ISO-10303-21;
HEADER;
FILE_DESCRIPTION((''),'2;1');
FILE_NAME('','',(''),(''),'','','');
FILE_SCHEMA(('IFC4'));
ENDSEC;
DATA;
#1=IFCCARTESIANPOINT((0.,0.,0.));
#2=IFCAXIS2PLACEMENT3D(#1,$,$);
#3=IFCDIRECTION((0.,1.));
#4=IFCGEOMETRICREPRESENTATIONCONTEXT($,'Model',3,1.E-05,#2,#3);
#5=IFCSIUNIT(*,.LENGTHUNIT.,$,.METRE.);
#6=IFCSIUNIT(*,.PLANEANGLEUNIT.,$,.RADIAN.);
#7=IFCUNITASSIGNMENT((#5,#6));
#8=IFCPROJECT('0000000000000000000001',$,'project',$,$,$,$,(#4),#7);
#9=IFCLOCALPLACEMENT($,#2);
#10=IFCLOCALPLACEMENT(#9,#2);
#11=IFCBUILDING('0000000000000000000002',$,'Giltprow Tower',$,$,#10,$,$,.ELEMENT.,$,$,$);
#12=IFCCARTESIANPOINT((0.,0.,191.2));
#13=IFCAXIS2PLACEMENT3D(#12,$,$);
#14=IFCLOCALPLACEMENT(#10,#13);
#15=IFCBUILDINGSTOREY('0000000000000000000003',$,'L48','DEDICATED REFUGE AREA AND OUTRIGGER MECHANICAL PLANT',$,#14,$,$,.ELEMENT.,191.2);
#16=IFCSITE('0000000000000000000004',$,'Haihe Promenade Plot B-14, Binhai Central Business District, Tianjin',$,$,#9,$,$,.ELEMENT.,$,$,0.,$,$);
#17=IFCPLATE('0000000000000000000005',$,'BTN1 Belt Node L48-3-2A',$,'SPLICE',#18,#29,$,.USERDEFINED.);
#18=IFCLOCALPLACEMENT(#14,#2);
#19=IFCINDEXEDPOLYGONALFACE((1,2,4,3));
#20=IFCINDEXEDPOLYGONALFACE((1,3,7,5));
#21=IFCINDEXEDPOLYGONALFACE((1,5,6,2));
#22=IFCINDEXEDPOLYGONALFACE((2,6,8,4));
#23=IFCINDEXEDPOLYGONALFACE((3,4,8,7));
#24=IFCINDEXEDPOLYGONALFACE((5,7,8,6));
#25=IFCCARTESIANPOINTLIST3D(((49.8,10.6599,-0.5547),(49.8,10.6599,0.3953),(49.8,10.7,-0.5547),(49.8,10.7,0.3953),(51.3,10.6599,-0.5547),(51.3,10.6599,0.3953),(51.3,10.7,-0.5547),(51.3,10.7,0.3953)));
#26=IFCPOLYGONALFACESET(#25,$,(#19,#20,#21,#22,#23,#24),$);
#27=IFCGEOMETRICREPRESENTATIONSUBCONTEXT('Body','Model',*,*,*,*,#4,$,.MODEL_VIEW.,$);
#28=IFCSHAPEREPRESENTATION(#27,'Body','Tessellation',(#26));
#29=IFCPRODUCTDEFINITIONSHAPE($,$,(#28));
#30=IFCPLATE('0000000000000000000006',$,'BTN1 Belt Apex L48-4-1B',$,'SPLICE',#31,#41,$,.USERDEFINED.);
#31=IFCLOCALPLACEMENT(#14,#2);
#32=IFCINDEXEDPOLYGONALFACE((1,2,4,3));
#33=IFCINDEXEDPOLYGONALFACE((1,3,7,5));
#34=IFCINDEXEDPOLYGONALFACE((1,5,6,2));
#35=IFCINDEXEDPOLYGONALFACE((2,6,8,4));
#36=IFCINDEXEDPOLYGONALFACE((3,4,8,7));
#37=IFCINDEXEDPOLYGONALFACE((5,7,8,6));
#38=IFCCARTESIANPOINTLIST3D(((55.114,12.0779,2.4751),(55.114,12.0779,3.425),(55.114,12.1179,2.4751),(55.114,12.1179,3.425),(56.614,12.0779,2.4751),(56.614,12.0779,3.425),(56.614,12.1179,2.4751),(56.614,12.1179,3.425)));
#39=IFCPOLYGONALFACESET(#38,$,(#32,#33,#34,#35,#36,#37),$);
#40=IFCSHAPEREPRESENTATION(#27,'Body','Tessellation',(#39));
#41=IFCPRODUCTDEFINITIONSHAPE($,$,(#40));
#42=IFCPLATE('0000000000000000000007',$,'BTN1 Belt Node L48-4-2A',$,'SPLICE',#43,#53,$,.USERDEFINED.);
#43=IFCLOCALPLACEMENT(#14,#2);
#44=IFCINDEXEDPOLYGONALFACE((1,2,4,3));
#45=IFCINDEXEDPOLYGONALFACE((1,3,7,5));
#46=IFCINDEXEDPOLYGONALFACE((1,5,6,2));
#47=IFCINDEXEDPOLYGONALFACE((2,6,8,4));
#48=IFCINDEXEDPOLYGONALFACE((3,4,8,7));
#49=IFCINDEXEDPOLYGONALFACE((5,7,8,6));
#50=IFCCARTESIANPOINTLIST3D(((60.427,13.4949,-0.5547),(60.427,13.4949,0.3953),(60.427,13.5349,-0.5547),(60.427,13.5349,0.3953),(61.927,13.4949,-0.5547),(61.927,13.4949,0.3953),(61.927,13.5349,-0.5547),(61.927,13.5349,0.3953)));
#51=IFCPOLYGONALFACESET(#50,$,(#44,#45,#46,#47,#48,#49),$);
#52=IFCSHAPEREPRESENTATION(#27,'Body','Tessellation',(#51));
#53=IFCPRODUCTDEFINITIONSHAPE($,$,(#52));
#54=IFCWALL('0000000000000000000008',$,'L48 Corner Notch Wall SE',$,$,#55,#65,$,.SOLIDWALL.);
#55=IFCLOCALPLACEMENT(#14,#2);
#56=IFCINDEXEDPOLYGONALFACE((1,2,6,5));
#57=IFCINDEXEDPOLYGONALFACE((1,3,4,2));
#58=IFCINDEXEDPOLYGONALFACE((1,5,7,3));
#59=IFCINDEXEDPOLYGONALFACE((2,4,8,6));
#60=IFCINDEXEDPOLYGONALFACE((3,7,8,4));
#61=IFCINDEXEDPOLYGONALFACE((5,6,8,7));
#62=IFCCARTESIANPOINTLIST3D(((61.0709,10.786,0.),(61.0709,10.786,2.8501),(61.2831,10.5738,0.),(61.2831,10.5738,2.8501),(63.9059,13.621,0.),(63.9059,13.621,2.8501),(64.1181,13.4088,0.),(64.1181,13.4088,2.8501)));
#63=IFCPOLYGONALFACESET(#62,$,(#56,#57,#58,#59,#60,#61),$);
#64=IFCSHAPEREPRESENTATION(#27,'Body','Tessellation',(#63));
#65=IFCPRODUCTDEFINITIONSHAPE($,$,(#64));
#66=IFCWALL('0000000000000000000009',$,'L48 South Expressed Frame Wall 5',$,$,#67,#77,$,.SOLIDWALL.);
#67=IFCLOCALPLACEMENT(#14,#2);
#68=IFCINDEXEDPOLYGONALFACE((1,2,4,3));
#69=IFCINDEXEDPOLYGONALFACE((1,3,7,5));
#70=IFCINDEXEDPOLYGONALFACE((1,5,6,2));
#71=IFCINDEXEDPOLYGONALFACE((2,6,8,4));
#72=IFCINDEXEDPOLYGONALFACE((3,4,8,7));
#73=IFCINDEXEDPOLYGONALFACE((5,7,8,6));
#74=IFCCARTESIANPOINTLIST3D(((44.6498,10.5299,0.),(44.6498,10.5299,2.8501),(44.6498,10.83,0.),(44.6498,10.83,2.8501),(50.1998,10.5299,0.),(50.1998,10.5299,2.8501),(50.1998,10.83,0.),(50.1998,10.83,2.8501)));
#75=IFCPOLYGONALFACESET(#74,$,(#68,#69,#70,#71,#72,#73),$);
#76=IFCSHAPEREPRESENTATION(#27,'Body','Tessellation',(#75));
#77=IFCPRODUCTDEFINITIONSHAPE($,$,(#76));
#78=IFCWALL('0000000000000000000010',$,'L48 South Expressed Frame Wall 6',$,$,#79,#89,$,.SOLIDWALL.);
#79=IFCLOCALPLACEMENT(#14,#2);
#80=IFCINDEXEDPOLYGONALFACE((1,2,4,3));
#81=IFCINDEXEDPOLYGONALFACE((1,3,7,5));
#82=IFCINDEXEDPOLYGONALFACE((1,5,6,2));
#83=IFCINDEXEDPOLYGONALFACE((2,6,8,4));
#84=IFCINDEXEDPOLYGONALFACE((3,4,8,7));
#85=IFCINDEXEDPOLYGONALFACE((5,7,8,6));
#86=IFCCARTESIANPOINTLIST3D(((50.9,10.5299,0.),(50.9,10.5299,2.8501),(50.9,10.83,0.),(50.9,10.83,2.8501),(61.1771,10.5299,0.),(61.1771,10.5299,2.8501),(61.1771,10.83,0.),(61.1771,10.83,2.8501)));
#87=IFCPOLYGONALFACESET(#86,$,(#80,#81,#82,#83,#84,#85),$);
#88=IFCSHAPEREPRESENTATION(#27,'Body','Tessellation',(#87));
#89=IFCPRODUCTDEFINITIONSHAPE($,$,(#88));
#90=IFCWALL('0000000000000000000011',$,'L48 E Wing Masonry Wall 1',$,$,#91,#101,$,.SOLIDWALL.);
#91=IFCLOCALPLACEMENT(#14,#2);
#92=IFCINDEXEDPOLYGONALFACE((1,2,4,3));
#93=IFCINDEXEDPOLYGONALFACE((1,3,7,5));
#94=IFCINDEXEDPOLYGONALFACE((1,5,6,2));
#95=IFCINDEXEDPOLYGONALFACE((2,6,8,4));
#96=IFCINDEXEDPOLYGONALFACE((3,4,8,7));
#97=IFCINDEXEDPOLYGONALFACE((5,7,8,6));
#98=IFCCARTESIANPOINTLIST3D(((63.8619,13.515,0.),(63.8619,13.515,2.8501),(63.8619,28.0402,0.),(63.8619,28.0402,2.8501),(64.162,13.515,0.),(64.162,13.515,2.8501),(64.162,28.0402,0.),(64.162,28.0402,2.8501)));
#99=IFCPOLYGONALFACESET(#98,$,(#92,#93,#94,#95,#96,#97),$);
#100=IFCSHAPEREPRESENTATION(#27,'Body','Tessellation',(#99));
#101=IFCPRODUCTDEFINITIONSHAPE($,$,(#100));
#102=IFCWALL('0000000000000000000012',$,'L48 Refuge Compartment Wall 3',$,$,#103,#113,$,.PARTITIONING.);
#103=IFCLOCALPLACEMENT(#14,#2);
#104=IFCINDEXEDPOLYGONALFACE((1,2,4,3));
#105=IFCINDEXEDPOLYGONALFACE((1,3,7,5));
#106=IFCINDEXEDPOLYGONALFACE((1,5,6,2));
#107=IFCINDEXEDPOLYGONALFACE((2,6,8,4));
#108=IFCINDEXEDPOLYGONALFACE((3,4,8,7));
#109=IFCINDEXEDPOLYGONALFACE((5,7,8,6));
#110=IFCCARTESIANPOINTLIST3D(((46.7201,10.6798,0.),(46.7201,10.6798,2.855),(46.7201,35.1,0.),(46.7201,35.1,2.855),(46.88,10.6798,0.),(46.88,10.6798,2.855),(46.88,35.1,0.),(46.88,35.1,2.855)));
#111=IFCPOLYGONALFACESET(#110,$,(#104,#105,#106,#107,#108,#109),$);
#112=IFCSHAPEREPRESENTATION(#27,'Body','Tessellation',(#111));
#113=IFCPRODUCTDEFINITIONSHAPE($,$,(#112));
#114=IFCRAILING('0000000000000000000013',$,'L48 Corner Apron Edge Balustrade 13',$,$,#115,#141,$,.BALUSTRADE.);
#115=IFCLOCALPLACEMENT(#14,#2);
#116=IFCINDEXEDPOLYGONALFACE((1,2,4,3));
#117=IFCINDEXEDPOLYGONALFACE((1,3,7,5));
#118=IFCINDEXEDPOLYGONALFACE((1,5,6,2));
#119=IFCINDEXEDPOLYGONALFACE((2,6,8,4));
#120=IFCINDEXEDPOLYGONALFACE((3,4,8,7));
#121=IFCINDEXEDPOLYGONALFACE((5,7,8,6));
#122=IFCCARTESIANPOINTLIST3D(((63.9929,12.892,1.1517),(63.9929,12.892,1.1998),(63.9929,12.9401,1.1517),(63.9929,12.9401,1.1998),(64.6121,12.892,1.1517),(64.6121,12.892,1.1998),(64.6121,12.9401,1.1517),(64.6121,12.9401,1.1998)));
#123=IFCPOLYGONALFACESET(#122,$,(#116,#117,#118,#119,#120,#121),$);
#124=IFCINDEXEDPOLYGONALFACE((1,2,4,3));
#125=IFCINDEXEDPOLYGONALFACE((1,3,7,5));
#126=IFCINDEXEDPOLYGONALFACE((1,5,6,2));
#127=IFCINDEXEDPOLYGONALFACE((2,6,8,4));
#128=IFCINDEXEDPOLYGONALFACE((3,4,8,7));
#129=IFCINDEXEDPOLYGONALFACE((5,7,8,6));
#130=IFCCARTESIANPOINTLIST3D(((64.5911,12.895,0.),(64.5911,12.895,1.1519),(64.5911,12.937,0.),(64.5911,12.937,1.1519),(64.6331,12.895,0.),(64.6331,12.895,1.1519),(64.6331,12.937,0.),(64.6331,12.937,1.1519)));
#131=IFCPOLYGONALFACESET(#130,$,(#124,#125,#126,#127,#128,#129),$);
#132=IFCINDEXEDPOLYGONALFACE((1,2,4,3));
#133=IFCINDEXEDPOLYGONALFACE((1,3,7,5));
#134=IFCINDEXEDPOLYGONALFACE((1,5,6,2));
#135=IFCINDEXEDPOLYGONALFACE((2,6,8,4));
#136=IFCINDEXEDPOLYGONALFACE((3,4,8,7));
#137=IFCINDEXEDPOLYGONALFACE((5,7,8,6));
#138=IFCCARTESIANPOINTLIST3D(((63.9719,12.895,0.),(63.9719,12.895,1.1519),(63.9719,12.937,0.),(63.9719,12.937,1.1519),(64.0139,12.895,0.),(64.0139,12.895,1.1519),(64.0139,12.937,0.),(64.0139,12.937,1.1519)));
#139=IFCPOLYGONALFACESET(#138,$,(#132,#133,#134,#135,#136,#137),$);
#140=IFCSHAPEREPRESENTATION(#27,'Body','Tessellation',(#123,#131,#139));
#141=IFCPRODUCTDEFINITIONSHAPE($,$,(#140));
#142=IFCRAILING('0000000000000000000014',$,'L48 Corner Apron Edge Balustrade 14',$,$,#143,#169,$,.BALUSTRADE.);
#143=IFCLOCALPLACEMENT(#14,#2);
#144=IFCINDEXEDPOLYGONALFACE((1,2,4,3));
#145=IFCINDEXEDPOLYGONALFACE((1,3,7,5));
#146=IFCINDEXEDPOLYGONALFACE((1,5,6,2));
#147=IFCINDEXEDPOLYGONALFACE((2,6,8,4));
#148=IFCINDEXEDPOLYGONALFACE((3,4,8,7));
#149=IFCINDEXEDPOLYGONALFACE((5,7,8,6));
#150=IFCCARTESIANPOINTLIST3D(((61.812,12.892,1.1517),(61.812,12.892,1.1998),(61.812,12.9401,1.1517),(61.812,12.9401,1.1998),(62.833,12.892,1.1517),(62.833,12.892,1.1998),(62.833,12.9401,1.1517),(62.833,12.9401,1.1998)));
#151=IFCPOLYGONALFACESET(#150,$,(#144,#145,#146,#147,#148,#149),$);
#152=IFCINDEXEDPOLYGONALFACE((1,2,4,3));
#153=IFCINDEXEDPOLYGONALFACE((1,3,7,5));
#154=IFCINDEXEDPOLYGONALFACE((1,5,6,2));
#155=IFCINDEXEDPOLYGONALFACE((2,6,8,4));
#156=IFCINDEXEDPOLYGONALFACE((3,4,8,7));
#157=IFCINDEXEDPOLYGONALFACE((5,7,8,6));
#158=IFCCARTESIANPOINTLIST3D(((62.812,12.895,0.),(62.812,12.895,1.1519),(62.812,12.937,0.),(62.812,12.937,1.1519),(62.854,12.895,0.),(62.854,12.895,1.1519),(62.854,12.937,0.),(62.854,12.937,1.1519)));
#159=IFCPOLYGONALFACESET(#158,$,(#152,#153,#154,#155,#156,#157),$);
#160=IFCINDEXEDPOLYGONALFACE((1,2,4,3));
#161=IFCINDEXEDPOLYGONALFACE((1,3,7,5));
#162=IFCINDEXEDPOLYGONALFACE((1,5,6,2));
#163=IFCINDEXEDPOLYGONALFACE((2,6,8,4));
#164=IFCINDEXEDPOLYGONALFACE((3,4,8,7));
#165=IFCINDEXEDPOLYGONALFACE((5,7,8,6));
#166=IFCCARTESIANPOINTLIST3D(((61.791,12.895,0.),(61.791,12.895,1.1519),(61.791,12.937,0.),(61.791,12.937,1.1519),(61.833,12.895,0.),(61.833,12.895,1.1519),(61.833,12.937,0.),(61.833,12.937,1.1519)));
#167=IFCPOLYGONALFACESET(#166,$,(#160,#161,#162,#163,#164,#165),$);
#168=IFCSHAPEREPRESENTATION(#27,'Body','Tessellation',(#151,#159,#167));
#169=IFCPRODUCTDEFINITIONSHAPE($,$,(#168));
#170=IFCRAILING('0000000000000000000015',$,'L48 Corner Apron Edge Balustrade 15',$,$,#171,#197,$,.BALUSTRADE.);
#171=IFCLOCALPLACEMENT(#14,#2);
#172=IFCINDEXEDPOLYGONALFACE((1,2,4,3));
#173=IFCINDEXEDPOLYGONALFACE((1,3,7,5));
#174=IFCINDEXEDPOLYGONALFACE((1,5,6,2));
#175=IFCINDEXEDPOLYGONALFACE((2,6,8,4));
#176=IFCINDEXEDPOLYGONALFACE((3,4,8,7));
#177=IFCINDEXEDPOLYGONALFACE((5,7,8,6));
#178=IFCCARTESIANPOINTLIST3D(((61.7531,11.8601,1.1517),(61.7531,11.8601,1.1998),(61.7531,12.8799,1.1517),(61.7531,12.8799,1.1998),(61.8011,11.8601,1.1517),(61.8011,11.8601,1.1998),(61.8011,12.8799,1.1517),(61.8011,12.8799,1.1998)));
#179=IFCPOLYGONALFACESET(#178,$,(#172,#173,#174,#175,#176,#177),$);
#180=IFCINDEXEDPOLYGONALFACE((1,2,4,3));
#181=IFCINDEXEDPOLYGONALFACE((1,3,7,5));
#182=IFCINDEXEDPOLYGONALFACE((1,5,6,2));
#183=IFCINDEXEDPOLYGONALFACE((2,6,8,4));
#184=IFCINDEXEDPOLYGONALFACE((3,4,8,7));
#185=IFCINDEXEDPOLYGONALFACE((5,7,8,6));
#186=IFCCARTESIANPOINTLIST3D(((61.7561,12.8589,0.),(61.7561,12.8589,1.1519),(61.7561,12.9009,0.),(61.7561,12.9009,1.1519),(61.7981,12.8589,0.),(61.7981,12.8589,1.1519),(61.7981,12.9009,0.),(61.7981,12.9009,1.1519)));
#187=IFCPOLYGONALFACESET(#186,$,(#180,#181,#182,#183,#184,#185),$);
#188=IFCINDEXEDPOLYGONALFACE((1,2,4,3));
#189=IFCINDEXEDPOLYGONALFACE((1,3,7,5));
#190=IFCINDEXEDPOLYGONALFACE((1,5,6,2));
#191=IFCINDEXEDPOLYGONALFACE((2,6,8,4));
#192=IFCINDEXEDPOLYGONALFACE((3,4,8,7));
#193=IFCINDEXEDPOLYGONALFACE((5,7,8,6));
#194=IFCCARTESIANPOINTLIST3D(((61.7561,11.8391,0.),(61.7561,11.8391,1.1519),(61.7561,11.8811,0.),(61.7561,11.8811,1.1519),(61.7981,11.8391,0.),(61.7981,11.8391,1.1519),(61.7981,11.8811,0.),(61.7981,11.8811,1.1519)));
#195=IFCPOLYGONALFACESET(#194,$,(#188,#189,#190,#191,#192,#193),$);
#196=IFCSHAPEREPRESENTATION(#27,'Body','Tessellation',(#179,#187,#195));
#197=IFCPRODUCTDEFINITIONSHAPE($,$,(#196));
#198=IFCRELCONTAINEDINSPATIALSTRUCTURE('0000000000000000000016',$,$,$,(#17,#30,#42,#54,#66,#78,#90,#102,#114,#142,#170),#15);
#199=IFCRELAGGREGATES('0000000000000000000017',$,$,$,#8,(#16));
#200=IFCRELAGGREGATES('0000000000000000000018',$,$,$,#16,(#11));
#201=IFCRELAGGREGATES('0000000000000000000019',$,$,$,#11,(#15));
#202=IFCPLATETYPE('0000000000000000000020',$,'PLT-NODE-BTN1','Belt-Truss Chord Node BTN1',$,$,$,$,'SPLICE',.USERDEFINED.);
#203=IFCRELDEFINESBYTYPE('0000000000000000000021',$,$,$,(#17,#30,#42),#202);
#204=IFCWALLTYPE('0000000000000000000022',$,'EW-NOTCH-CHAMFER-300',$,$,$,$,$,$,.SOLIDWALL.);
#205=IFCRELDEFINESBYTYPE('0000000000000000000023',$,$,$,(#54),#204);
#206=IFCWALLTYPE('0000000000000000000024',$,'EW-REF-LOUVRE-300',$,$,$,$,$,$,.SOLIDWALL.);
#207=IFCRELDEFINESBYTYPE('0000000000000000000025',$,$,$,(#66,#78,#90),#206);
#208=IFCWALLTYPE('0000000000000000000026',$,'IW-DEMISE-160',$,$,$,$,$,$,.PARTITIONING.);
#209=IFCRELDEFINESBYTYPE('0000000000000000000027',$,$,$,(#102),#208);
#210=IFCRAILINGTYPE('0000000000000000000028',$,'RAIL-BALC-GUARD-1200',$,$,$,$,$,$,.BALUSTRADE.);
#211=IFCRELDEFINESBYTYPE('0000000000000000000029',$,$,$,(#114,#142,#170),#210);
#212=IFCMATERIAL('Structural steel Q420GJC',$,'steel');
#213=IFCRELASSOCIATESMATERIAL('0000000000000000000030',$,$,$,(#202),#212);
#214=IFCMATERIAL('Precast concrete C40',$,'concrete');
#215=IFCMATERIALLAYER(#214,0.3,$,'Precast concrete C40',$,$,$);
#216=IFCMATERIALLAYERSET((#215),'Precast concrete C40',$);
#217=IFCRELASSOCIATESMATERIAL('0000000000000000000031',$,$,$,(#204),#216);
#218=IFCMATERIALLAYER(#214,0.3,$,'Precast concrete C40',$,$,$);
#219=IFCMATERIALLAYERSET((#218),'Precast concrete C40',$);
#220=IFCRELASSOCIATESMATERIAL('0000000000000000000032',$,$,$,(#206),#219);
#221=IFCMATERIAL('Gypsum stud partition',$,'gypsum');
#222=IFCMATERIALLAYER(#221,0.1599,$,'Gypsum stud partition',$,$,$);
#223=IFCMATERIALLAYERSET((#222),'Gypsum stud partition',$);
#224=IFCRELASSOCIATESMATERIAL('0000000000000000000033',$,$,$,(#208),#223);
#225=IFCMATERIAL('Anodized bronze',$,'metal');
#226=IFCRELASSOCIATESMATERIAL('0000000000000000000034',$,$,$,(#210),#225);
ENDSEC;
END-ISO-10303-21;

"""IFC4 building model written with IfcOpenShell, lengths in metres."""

from ifc_helpers import new_model, si_unit, direction, frame, frame_2d, origin, origin_2d, place, context, subcontext, project, spatial, rectangle, extrude, source, transform, mapped, material, layer, layer_set, type_object, element, save


model = new_model("IFC4")

# Units and contexts
model_context = context("Model", 3, precision=1e-05, world=origin(), true_north=direction((0.0, 1.0)))
body_context = subcontext(model_context, "Body", "Model", "MODEL_VIEW")
ifc_project = project(units=[si_unit("LENGTHUNIT", "METRE"), si_unit("PLANEANGLEUNIT", "RADIAN")], contexts=[model_context])

# Site, building, storey
site_placement = place(None, origin())
site = spatial("IfcSite", under=ifc_project, at=site_placement, Name="Haihe Promenade Plot B-14, Binhai Central Business District, Tianjin", CompositionType="ELEMENT", RefElevation=0.0)
building_placement = place(site_placement, origin())
building = spatial("IfcBuilding", under=site, at=building_placement, Name="Giltprow Tower", CompositionType="ELEMENT")
storey_placement = place(building_placement, frame((0.0, 0.0, 191.2)))
storey = spatial("IfcBuildingStorey", under=building, at=storey_placement, Name="L48", Description="DEDICATED REFUGE AREA AND OUTRIGGER MECHANICAL PLANT", CompositionType="ELEMENT", Elevation=191.2)

# Shared definitions
ifc_material_1 = material(Name="Structural steel Q420GJC", Category="steel")

# Plates
plate_type_1 = type_object("IfcPlateType", Name="PLT-NODE-BTN1", Description="Belt-Truss Chord Node BTN1", ElementType="SPLICE", PredefinedType="USERDEFINED", material=ifc_material_1)
shared_shape_1 = source(origin(), body_context, "Body", "SweptSolid", [
    extrude(rectangle(XDim=1.5, YDim=0.04, at=origin_2d()), origin(), (0.0, 0.0, 1.0), 0.95),
])
for number, where, z_axis, x_axis, name in (
    (1, (50.55, 10.6799, -0.5547), (0.0, 0.0, 1.0), (1.0, 0.0, 0.0), "BTN1 Belt Node L48-3-2A"),
    (2, (55.864, 12.0979, 2.4751), (0.0, 0.0, 1.0), (1.0, 0.0, 0.0), "BTN1 Belt Apex L48-4-1B"),
    (3, (61.177, 13.5149, -0.5547), (0.0, 0.0, 1.0), (1.0, 0.0, 0.0), "BTN1 Belt Node L48-4-2A"),
):
    element("IfcPlate", number, at=place(storey_placement, frame(where, z_axis=z_axis, x_axis=x_axis)), inside=storey, type_object=plate_type_1, Name=name, ObjectType="SPLICE", PredefinedType="USERDEFINED", context=body_context, shape_type="MappedRepresentation", body=[
        mapped(shared_shape_1, transform((0.0, 0.0, 0.0), x_axis=(1.0, 0.0, 0.0), y_axis=(0.0, 1.0, 0.0), z_axis=(0.0, 0.0, 1.0), scale=1.0)),
    ])

# Walls
ifc_material_2 = material(Name="Precast concrete C40", Category="concrete")
ifc_layer_1 = layer(ifc_material_2, 0.3, Name="Precast concrete C40")
ifc_layer_set_1 = layer_set([ifc_layer_1], Name="Precast concrete C40")
wall_type_1 = type_object("IfcWallType", Name="EW-NOTCH-CHAMFER-300", PredefinedType="SOLIDWALL", material=ifc_layer_set_1)
wall_1_placement = place(storey_placement, frame((61.177, 10.6799, 0.0), z_axis=(0.0, 0.0, 1.0), x_axis=(0.707107, 0.707107, 0.0)))
element("IfcWall", 4, at=wall_1_placement, inside=storey, type_object=wall_type_1, Name="L48 Corner Notch Wall SE", PredefinedType="SOLIDWALL", context=body_context, shape_type="SweptSolid", body=[
    extrude(rectangle(XDim=4.0093, YDim=0.3, at=frame_2d((2.0046, 0.0))), origin(), (0.0, 0.0, 1.0), 2.8501),
])
ifc_layer_2 = layer(ifc_material_2, 0.3, Name="Precast concrete C40")
ifc_layer_set_2 = layer_set([ifc_layer_2], Name="Precast concrete C40")
wall_type_2 = type_object("IfcWallType", Name="EW-REF-LOUVRE-300", PredefinedType="SOLIDWALL", material=ifc_layer_set_2)
wall_2_placement = place(storey_placement, frame((44.6499, 10.6799, 0.0), z_axis=(0.0, 0.0, 1.0), x_axis=(1.0, 0.0, 0.0)))
element("IfcWall", 5, at=wall_2_placement, inside=storey, type_object=wall_type_2, Name="L48 South Expressed Frame Wall 5", PredefinedType="SOLIDWALL", context=body_context, shape_type="SweptSolid", body=[
    extrude(rectangle(XDim=5.55, YDim=0.3, at=frame_2d((2.7749, 0.0))), origin(), (0.0, 0.0, 1.0), 2.8501),
])
wall_3_placement = place(storey_placement, frame((50.8999, 10.6799, 0.0), z_axis=(0.0, 0.0, 1.0), x_axis=(1.0, 0.0, 0.0)))
element("IfcWall", 6, at=wall_3_placement, inside=storey, type_object=wall_type_2, Name="L48 South Expressed Frame Wall 6", PredefinedType="SOLIDWALL", context=body_context, shape_type="SweptSolid", body=[
    extrude(rectangle(XDim=10.2771, YDim=0.3, at=frame_2d((5.1387, 0.0))), origin(), (0.0, 0.0, 1.0), 2.8501),
])
wall_4_placement = place(storey_placement, frame((64.012, 13.5149, 0.0), z_axis=(0.0, 0.0, 1.0), x_axis=(0.0, 1.0, 0.0)))
element("IfcWall", 7, at=wall_4_placement, inside=storey, type_object=wall_type_2, Name="L48 E Wing Masonry Wall 1", PredefinedType="SOLIDWALL", context=body_context, shape_type="SweptSolid", body=[
    extrude(rectangle(XDim=14.5251, YDim=0.3, at=frame_2d((7.2627, 0.0))), origin(), (0.0, 0.0, 1.0), 2.8501),
])
ifc_material_3 = material(Name="Gypsum stud partition", Category="gypsum")
ifc_layer_3 = layer(ifc_material_3, 0.1599, Name="Gypsum stud partition")
ifc_layer_set_3 = layer_set([ifc_layer_3], Name="Gypsum stud partition")
wall_type_3 = type_object("IfcWallType", Name="IW-DEMISE-160", PredefinedType="PARTITIONING", material=ifc_layer_set_3)
wall_5_placement = place(storey_placement, frame((46.8, 10.6799, 0.0), z_axis=(0.0, 0.0, 1.0), x_axis=(0.0, 1.0, 0.0)))
element("IfcWall", 8, at=wall_5_placement, inside=storey, type_object=wall_type_3, Name="L48 Refuge Compartment Wall 3", PredefinedType="PARTITIONING", context=body_context, shape_type="SweptSolid", body=[
    extrude(rectangle(XDim=24.4202, YDim=0.1599, at=frame_2d((12.21, 0.0))), origin(), (0.0, 0.0, 1.0), 2.855),
])

# Railings
ifc_material_4 = material(Name="Anodized bronze", Category="metal")
railing_type = type_object("IfcRailingType", Name="RAIL-BALC-GUARD-1200", PredefinedType="BALUSTRADE", material=ifc_material_4)
railing_1_placement = place(storey_placement, frame((64.6121, 12.916, 0.0)))
element("IfcRailing", 9, at=railing_1_placement, inside=storey, type_object=railing_type, Name="L48 Corner Apron Edge Balustrade 13", PredefinedType="BALUSTRADE", context=body_context, shape_type="SweptSolid", body=[
    extrude(rectangle(XDim=0.0481, YDim=0.0481, at=origin_2d()), frame((0.0, 0.0, 1.1758), z_axis=(-1.0, 0.0, 0.0), x_axis=(0.0, -1.0, 0.0)), (0.0, 0.0, 1.0), 0.6191),
    extrude(rectangle(XDim=0.042, YDim=0.042, at=origin_2d()), origin(), (0.0, 0.0, 1.0), 1.1519),
    extrude(rectangle(XDim=0.042, YDim=0.042, at=origin_2d()), frame((-0.6191, 0.0, 0.0)), (0.0, 0.0, 1.0), 1.1519),
])
railing_2_placement = place(storey_placement, frame((62.833, 12.916, 0.0)))
element("IfcRailing", 10, at=railing_2_placement, inside=storey, type_object=railing_type, Name="L48 Corner Apron Edge Balustrade 14", PredefinedType="BALUSTRADE", context=body_context, shape_type="SweptSolid", body=[
    extrude(rectangle(XDim=0.0481, YDim=0.0481, at=origin_2d()), frame((0.0, 0.0, 1.1758), z_axis=(-1.0, 0.0, 0.0), x_axis=(0.0, -1.0, 0.0)), (0.0, 0.0, 1.0), 1.021),
    extrude(rectangle(XDim=0.042, YDim=0.042, at=origin_2d()), origin(), (0.0, 0.0, 1.0), 1.1519),
    extrude(rectangle(XDim=0.042, YDim=0.042, at=origin_2d()), frame((-1.021, 0.0, 0.0)), (0.0, 0.0, 1.0), 1.1519),
])
railing_3_placement = place(storey_placement, frame((61.7771, 12.8799, 0.0)))
element("IfcRailing", 11, at=railing_3_placement, inside=storey, type_object=railing_type, Name="L48 Corner Apron Edge Balustrade 15", PredefinedType="BALUSTRADE", context=body_context, shape_type="SweptSolid", body=[
    extrude(rectangle(XDim=0.0481, YDim=0.0481, at=origin_2d()), frame((0.0, 0.0, 1.1758), z_axis=(0.0, -1.0, 0.0), x_axis=(1.0, 0.0, 0.0)), (0.0, 0.0, 1.0), 1.0198),
    extrude(rectangle(XDim=0.042, YDim=0.042, at=origin_2d()), origin(), (0.0, 0.0, 1.0), 1.1519),
    extrude(rectangle(XDim=0.042, YDim=0.042, at=origin_2d()), frame((0.0, -1.0198, 0.0)), (0.0, 0.0, 1.0), 1.1519),
])

save(model, "model.ifc")
